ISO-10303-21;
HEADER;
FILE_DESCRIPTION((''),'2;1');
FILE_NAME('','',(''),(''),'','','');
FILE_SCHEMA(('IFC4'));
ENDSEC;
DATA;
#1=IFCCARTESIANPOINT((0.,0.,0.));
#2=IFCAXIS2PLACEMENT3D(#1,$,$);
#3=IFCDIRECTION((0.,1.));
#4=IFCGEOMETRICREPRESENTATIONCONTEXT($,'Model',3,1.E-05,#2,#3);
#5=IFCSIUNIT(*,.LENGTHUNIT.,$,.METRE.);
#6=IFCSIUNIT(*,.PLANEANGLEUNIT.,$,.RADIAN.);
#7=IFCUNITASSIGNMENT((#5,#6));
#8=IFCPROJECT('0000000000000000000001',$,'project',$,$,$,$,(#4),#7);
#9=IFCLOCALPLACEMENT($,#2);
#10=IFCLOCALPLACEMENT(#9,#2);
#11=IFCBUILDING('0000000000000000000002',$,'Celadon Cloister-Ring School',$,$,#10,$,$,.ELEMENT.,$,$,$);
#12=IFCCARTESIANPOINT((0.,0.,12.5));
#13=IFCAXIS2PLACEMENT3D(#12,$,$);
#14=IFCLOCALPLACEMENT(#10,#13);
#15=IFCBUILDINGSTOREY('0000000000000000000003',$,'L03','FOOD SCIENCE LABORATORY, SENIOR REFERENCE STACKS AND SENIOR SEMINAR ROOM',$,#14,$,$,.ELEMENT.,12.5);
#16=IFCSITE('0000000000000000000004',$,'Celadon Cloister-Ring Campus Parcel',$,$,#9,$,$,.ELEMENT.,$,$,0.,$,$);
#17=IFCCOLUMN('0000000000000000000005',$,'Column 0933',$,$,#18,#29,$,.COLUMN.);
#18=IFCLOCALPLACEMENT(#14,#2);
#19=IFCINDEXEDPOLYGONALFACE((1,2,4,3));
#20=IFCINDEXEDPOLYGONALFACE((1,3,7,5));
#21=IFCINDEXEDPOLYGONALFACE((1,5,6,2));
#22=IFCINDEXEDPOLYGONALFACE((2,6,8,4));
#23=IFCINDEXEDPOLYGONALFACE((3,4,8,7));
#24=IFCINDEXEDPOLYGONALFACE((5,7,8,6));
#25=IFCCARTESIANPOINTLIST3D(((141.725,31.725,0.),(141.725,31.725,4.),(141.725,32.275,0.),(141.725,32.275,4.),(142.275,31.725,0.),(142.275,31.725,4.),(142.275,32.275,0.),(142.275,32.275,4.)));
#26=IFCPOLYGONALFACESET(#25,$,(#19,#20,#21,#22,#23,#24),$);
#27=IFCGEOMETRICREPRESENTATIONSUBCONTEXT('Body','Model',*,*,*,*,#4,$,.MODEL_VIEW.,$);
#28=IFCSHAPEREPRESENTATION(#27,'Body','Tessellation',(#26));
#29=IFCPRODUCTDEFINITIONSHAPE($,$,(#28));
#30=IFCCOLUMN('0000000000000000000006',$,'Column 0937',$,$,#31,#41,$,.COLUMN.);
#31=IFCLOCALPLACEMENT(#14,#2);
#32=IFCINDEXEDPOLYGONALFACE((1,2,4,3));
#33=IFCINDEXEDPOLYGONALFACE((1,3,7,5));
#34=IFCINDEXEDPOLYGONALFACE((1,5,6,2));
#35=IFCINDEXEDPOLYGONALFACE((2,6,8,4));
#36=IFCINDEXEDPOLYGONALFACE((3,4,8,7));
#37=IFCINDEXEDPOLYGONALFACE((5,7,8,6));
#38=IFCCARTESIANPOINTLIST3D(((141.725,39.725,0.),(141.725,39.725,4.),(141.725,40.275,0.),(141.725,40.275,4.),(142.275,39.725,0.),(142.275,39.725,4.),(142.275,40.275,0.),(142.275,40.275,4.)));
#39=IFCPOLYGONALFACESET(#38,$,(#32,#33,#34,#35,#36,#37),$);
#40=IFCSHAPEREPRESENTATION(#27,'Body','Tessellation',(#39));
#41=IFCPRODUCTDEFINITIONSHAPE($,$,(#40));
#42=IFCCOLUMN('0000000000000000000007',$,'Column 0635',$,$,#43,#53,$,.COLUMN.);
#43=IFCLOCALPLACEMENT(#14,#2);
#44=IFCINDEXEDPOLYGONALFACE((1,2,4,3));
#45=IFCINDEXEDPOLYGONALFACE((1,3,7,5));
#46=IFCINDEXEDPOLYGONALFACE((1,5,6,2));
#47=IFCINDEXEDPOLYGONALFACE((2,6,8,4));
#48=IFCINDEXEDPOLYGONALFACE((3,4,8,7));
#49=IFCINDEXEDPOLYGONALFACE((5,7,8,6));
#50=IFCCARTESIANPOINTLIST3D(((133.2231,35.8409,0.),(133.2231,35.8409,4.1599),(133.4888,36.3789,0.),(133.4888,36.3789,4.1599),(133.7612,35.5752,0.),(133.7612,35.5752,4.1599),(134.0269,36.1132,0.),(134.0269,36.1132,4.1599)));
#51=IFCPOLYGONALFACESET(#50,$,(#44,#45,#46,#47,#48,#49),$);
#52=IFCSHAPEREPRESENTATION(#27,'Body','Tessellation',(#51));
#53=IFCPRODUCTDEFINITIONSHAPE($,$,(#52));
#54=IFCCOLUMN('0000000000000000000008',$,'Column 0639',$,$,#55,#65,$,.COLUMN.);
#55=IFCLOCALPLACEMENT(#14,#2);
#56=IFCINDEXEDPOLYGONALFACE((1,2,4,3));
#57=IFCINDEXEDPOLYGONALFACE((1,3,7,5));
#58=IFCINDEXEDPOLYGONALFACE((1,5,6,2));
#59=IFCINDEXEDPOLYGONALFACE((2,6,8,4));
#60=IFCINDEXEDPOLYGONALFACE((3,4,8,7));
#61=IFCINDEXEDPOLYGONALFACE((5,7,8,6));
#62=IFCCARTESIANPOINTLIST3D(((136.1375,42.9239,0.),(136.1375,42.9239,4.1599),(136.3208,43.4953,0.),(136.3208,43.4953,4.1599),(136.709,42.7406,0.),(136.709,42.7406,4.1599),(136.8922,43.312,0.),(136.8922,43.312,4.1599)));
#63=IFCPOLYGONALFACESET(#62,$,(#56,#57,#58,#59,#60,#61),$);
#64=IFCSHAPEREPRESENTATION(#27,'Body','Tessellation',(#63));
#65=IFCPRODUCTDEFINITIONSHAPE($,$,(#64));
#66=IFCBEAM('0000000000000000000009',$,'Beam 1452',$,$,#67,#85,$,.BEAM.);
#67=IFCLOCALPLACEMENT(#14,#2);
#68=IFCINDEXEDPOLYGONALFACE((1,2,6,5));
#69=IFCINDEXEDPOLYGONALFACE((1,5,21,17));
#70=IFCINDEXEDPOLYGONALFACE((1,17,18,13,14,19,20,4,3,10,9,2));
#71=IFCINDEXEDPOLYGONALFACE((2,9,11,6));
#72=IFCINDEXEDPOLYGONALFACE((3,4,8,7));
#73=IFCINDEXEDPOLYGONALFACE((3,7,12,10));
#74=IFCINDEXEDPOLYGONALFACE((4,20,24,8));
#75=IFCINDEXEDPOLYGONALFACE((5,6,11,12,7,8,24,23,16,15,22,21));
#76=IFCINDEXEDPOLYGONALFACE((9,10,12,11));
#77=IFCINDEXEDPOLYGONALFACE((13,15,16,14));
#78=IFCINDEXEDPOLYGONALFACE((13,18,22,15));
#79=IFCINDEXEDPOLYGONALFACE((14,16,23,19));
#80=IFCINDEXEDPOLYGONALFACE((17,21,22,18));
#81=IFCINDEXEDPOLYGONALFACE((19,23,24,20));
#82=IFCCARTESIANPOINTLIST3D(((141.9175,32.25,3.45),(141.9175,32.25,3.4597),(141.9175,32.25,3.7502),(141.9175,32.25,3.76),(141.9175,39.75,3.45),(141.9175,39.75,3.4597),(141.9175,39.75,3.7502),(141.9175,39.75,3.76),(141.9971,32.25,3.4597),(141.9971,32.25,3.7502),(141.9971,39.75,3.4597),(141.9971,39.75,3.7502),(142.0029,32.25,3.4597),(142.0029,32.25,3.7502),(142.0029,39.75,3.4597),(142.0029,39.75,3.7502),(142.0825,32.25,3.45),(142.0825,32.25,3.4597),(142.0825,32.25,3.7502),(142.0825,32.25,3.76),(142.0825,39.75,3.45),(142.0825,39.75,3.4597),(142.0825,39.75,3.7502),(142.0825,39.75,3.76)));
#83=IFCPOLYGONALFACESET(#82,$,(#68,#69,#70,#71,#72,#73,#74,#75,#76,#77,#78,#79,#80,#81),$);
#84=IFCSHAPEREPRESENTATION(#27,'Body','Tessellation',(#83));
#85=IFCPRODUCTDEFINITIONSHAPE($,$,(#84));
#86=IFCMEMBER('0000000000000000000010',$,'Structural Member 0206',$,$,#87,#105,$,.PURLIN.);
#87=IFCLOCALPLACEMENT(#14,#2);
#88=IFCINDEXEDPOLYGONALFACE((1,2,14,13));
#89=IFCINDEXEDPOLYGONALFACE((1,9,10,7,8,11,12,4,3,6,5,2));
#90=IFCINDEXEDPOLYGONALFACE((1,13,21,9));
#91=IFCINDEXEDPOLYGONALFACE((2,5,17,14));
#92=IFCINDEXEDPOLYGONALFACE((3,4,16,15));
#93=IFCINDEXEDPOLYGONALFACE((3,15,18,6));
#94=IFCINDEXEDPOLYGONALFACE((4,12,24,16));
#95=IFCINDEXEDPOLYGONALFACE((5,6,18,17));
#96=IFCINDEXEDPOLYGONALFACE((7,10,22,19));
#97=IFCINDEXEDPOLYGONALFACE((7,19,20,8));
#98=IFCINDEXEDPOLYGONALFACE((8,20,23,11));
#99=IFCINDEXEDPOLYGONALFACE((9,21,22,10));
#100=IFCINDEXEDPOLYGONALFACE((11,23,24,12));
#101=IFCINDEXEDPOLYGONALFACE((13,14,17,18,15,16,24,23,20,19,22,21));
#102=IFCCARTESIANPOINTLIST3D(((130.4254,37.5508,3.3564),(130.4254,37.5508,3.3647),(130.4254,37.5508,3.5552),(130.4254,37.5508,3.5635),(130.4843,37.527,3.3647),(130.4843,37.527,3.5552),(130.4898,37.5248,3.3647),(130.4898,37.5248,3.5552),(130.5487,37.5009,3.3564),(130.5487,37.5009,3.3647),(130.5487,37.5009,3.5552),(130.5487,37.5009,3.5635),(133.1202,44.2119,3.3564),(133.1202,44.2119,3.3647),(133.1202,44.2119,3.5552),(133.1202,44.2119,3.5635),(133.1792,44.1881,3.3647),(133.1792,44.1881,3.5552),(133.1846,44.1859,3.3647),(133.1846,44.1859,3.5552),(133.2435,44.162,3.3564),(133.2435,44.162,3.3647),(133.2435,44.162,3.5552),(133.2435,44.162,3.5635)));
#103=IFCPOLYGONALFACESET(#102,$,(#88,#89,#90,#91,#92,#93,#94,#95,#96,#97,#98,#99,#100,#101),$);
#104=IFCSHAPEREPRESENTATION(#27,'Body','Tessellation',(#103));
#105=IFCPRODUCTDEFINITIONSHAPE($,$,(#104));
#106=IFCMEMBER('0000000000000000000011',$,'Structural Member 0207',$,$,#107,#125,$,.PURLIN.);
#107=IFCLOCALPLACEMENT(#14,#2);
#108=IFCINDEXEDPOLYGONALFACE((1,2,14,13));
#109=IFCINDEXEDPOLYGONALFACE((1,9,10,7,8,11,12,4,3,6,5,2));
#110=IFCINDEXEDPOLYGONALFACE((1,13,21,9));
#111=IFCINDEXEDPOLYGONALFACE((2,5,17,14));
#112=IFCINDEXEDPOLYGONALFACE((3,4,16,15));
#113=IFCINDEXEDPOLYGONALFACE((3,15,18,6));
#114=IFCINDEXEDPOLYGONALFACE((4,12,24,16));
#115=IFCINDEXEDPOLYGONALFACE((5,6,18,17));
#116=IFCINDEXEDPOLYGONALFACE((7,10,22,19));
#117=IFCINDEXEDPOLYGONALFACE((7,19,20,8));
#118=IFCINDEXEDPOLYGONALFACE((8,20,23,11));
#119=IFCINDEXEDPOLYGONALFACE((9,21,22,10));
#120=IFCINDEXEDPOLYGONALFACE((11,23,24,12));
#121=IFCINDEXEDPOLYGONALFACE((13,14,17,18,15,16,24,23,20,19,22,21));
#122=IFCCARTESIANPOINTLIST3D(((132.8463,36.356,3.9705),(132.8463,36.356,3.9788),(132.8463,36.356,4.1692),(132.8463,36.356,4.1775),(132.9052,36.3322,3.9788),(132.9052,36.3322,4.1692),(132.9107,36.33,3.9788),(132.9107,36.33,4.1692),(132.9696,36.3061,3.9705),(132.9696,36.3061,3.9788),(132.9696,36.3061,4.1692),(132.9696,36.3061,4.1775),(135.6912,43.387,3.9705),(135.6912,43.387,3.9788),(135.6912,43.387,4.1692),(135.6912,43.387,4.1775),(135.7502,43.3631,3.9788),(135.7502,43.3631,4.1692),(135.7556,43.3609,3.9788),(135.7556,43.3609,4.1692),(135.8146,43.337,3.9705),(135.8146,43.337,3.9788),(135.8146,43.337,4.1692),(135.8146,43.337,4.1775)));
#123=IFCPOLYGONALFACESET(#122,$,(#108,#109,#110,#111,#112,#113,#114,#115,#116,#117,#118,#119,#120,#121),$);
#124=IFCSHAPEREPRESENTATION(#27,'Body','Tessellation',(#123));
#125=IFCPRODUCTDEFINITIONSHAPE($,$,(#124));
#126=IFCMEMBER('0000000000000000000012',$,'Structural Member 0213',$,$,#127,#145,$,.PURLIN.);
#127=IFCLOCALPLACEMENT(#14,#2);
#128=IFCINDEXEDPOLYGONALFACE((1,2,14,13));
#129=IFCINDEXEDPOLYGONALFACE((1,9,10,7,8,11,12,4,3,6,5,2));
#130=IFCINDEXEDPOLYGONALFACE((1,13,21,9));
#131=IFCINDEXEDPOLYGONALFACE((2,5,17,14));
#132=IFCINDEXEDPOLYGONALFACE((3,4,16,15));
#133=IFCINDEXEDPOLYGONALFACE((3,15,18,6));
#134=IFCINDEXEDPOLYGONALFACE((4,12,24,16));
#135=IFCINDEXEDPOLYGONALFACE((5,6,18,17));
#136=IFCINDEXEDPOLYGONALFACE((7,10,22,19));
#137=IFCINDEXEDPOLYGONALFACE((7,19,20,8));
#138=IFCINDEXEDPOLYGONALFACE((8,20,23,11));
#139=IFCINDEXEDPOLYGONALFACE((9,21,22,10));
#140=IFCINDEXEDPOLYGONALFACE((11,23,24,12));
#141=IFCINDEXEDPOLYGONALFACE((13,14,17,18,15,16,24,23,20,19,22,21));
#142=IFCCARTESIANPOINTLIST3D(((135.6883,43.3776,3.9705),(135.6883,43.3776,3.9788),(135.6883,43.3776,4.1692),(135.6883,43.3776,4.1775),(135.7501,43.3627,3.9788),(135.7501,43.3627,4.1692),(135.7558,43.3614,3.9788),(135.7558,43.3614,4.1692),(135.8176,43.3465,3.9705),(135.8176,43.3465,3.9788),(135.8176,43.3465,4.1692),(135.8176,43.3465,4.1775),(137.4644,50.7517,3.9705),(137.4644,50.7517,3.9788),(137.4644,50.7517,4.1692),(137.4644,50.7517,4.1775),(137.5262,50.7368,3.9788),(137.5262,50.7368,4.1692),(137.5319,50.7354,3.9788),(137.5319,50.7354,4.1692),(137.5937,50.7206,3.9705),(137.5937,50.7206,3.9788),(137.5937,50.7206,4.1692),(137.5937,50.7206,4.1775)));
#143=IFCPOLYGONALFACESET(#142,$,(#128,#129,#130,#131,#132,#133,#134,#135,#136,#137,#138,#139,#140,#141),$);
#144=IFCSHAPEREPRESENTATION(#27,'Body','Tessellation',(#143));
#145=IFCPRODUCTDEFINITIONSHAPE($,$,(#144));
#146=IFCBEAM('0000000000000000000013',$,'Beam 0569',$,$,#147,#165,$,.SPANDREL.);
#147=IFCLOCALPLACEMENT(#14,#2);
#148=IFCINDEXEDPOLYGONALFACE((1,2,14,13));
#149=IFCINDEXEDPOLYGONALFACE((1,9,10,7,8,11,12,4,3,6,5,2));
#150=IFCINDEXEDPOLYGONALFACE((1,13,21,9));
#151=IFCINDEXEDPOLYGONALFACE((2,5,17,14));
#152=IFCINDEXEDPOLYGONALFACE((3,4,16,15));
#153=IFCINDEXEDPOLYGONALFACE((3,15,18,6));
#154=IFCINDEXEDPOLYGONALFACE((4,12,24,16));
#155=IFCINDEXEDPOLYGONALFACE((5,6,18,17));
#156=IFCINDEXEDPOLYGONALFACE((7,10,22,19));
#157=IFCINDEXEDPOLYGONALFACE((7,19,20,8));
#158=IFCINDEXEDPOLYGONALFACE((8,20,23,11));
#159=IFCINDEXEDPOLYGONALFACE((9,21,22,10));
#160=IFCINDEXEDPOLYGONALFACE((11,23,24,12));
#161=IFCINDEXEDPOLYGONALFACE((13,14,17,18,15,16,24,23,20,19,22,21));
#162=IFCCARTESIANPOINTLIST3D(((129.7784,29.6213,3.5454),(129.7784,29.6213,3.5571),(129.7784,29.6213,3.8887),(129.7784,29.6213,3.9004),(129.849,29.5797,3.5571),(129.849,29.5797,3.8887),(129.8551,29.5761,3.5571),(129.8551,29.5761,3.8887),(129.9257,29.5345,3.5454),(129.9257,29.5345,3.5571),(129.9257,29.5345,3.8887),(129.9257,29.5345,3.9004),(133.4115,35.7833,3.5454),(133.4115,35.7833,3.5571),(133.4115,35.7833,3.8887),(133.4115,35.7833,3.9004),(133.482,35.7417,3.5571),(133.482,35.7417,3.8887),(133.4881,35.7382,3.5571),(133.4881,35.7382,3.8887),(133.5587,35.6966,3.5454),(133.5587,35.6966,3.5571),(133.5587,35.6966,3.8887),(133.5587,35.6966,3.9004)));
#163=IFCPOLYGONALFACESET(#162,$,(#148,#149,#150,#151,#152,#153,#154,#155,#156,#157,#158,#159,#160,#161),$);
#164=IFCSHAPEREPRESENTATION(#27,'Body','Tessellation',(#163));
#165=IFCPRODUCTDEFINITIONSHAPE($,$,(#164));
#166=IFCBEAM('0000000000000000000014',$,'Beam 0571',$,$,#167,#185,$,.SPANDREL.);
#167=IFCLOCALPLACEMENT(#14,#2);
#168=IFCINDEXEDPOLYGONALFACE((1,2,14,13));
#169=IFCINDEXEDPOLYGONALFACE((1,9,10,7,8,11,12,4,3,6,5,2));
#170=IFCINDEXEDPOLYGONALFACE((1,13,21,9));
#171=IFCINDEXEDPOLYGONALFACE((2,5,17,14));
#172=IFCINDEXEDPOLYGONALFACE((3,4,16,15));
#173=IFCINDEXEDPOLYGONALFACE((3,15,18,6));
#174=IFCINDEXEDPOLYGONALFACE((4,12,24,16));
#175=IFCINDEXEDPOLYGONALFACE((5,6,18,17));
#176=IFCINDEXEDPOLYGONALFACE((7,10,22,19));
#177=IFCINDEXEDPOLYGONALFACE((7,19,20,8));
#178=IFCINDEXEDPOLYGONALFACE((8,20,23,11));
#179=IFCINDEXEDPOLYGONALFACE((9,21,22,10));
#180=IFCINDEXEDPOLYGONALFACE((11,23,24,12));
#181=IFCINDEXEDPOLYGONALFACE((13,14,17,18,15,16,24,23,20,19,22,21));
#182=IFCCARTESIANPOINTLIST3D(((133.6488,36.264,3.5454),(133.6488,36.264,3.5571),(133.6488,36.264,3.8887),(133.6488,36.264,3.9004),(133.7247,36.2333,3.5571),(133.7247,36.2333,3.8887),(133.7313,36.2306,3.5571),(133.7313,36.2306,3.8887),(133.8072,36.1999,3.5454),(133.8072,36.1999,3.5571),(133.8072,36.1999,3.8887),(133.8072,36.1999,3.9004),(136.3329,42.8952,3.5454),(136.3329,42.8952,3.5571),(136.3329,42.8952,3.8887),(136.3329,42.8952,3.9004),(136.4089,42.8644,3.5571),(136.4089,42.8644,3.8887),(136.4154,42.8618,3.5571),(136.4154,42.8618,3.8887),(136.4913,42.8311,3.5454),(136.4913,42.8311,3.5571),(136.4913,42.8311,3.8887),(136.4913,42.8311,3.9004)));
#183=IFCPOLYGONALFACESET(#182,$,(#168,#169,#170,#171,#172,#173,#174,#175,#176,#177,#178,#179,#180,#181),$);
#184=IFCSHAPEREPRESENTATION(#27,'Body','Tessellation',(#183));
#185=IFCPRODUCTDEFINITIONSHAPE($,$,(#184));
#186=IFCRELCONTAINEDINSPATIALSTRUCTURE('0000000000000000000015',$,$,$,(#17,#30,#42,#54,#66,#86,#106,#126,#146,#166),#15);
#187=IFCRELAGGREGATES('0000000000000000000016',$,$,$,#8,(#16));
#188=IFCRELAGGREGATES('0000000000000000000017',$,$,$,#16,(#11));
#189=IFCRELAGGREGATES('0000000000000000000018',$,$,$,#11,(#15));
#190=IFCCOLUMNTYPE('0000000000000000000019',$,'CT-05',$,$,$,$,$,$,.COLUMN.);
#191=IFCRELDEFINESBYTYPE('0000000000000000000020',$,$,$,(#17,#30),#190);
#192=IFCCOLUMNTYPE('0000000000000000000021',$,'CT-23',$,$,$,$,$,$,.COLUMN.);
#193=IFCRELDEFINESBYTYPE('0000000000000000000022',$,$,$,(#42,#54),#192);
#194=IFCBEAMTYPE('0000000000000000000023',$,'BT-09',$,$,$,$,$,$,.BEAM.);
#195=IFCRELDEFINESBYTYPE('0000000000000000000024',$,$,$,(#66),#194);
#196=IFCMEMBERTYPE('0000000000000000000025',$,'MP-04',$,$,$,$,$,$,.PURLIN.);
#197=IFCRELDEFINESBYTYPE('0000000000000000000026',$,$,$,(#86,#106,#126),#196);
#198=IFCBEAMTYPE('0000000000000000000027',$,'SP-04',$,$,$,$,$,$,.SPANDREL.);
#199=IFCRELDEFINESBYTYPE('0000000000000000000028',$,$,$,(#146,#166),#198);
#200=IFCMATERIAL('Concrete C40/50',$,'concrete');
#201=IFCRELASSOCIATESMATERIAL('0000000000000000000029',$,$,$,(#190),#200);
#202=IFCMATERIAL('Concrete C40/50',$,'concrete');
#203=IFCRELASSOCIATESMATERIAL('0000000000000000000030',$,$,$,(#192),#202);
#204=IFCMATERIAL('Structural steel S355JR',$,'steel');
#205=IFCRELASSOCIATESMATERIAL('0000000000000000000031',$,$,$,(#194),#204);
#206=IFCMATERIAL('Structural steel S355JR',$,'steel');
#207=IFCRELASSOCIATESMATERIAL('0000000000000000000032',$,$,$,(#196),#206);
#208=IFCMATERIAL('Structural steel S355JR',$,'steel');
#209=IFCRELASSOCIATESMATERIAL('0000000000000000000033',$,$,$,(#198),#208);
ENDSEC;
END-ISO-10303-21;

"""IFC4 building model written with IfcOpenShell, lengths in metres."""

from ifc_helpers import new_model, si_unit, direction, frame, origin, origin_2d, place, context, subcontext, project, spatial, rectangle, i_section, extrude, material, material_profile, profile_set, type_object, element, save


model = new_model("IFC4")

# Units and contexts
model_context = context("Model", 3, precision=1e-05, world=origin(), true_north=direction((0.0, 1.0)))
body_context = subcontext(model_context, "Body", "Model", "MODEL_VIEW")
ifc_project = project(units=[si_unit("LENGTHUNIT", "METRE"), si_unit("PLANEANGLEUNIT", "RADIAN")], contexts=[model_context])

# Site, building, storey
site_placement = place(None, origin())
site = spatial("IfcSite", under=ifc_project, at=site_placement, Name="Celadon Cloister-Ring Campus Parcel", CompositionType="ELEMENT", RefElevation=0.0)
building_placement = place(site_placement, origin())
building = spatial("IfcBuilding", under=site, at=building_placement, Name="Celadon Cloister-Ring School", CompositionType="ELEMENT")
storey_placement = place(building_placement, frame((0.0, 0.0, 12.5)))
storey = spatial("IfcBuildingStorey", under=building, at=storey_placement, Name="L03", Description="FOOD SCIENCE LABORATORY, SENIOR REFERENCE STACKS AND SENIOR SEMINAR ROOM", CompositionType="ELEMENT", Elevation=12.5)

# Columns
ifc_material_1 = material(Name="Concrete C40/50", Category="concrete")
ifc_material_profile_1 = material_profile(ifc_material_1, rectangle(XDim=0.55, YDim=0.55, at=origin_2d()), Name="RC550X550")
ifc_profile_set_1 = profile_set([ifc_material_profile_1], Name="Concrete C40/50")
column_type_1 = type_object("IfcColumnType", Name="CT-05", PredefinedType="COLUMN", material=ifc_profile_set_1)
for number, where, z_axis, x_axis, name in (
    (1, (142.0, 32.0, 0.0), (0.0, 0.0, 1.0), (1.0, 0.0, 0.0), "Column 0933"),
    (2, (142.0, 40.0, 0.0), (0.0, 0.0, 1.0), (1.0, 0.0, 0.0), "Column 0937"),
):
    element("IfcColumn", number, at=place(storey_placement, frame(where, z_axis=z_axis, x_axis=x_axis)), inside=storey, type_object=column_type_1, Name=name, PredefinedType="COLUMN", context=body_context, shape_type="SweptSolid", body=[
        extrude(rectangle(XDim=0.55, YDim=0.55, at=origin_2d()), origin(), (0.0, 0.0, 1.0), 4.0),
    ])
ifc_material_2 = material(Name="Concrete C40/50", Category="concrete")
ifc_material_profile_2 = material_profile(ifc_material_2, rectangle(XDim=0.6001, YDim=0.6001, at=origin_2d()), Name="RC600X600")
ifc_profile_set_2 = profile_set([ifc_material_profile_2], Name="Concrete C40/50")
column_type_2 = type_object("IfcColumnType", Name="CT-23", PredefinedType="COLUMN", material=ifc_profile_set_2)
for number, where, z_axis, x_axis, name in (
    (3, (133.625, 35.9771, 0.0), (0.0, 0.0, 1.0), (0.896641, -0.442758, 0.0), "Column 0635"),
    (4, (136.5149, 43.1179, 0.0), (0.0, 0.0, 1.0), (0.952215, -0.305429, 0.0), "Column 0639"),
):
    element("IfcColumn", number, at=place(storey_placement, frame(where, z_axis=z_axis, x_axis=x_axis)), inside=storey, type_object=column_type_2, Name=name, PredefinedType="COLUMN", context=body_context, shape_type="SweptSolid", body=[
        extrude(rectangle(XDim=0.6001, YDim=0.6001, at=origin_2d()), origin(), (0.0, 0.0, 1.0), 4.1599),
    ])

# Beam
ifc_material_3 = material(Name="Structural steel S355JR", Category="steel")
ifc_material_profile_3 = material_profile(ifc_material_3, i_section(OverallWidth=0.165, OverallDepth=0.3101, WebThickness=0.0059, FlangeThickness=0.0098, at=origin_2d()), Name="W310X39")
ifc_profile_set_3 = profile_set([ifc_material_profile_3], Name="Structural steel S355JR")
beam_type_1 = type_object("IfcBeamType", Name="BT-09", PredefinedType="BEAM", material=ifc_profile_set_3)
beam_1_placement = place(storey_placement, frame((142.0, 32.25, 3.605), z_axis=(0.0, 1.0, 0.0), x_axis=(-1.0, 0.0, 0.0)))
element("IfcBeam", 5, at=beam_1_placement, inside=storey, type_object=beam_type_1, Name="Beam 1452", PredefinedType="BEAM", context=body_context, shape_type="SweptSolid", body=[
    extrude(i_section(OverallWidth=0.165, OverallDepth=0.3101, WebThickness=0.0059, FlangeThickness=0.0098, at=origin_2d()), origin(), (0.0, 0.0, 1.0), 7.5),
])

# Members
ifc_material_4 = material(Name="Structural steel S355JR", Category="steel")
ifc_material_profile_4 = material_profile(ifc_material_4, i_section(OverallWidth=0.1331, OverallDepth=0.207, WebThickness=0.0059, FlangeThickness=0.0083, at=origin_2d()), Name="W200X27")
ifc_profile_set_4 = profile_set([ifc_material_profile_4], Name="Structural steel S355JR")
member_type = type_object("IfcMemberType", Name="MP-04", PredefinedType="PURLIN", material=ifc_profile_set_4)
member_1_placement = place(storey_placement, frame((130.4871, 37.5259, 3.46), z_axis=(0.375031, 0.927012, 0.0), x_axis=(-0.927012, 0.375031, 0.0)))
element("IfcMember", 6, at=member_1_placement, inside=storey, type_object=member_type, Name="Structural Member 0206", PredefinedType="PURLIN", context=body_context, shape_type="SweptSolid", body=[
    extrude(i_section(OverallWidth=0.1331, OverallDepth=0.207, WebThickness=0.0059, FlangeThickness=0.0083, at=origin_2d()), origin(), (0.0, 0.0, 1.0), 7.1855),
])
member_2_placement = place(storey_placement, frame((132.908, 36.3311, 4.074), z_axis=(0.375089, 0.926989, 0.0), x_axis=(-0.926989, 0.375089, 0.0)))
element("IfcMember", 7, at=member_2_placement, inside=storey, type_object=member_type, Name="Structural Member 0207", PredefinedType="PURLIN", context=body_context, shape_type="SweptSolid", body=[
    extrude(i_section(OverallWidth=0.1331, OverallDepth=0.207, WebThickness=0.0059, FlangeThickness=0.0083, at=origin_2d()), origin(), (0.0, 0.0, 1.0), 7.5847),
])
member_3_placement = place(storey_placement, frame((135.7529, 43.3621, 4.074), z_axis=(0.234165, 0.972197, 0.0), x_axis=(-0.972197, 0.234165, 0.0)))
element("IfcMember", 8, at=member_3_placement, inside=storey, type_object=member_type, Name="Structural Member 0213", PredefinedType="PURLIN", context=body_context, shape_type="SweptSolid", body=[
    extrude(i_section(OverallWidth=0.1331, OverallDepth=0.207, WebThickness=0.0059, FlangeThickness=0.0083, at=origin_2d()), origin(), (0.0, 0.0, 1.0), 7.585),
])

# Beams
ifc_material_5 = material(Name="Structural steel S355JR", Category="steel")
ifc_material_profile_5 = material_profile(ifc_material_5, i_section(OverallWidth=0.1709, OverallDepth=0.355, WebThickness=0.0071, FlangeThickness=0.0117, at=origin_2d()), Name="W360X51")
ifc_profile_set_5 = profile_set([ifc_material_profile_5], Name="Structural steel S355JR")
beam_type_2 = type_object("IfcBeamType", Name="SP-04", PredefinedType="SPANDREL", material=ifc_profile_set_5)
beam_2_placement = place(storey_placement, frame((129.8521, 29.5779, 3.7229), z_axis=(0.50788, 0.861428, 0.0), x_axis=(-0.861428, 0.50788, 0.0)))
element("IfcBeam", 9, at=beam_2_placement, inside=storey, type_object=beam_type_2, Name="Beam 0569", PredefinedType="SPANDREL", context=body_context, shape_type="SweptSolid", body=[
    extrude(i_section(OverallWidth=0.1709, OverallDepth=0.355, WebThickness=0.0071, FlangeThickness=0.0117, at=origin_2d()), origin(), (0.0, 0.0, 1.0), 7.1533),
])
for number, where, z_axis, x_axis, name in (
    (10, (133.728, 36.2319, 3.7229), (0.3752, 0.926944, 0.0), (-0.926944, 0.3752, 0.0), "Beam 0571"),
):
    element("IfcBeam", number, at=place(storey_placement, frame(where, z_axis=z_axis, x_axis=x_axis)), inside=storey, type_object=beam_type_2, Name=name, PredefinedType="SPANDREL", context=body_context, shape_type="SweptSolid", body=[
        extrude(i_section(OverallWidth=0.1709, OverallDepth=0.355, WebThickness=0.0071, FlangeThickness=0.0117, at=origin_2d()), origin(), (0.0, 0.0, 1.0), 7.1538),
    ])

save(model, "model.ifc")
